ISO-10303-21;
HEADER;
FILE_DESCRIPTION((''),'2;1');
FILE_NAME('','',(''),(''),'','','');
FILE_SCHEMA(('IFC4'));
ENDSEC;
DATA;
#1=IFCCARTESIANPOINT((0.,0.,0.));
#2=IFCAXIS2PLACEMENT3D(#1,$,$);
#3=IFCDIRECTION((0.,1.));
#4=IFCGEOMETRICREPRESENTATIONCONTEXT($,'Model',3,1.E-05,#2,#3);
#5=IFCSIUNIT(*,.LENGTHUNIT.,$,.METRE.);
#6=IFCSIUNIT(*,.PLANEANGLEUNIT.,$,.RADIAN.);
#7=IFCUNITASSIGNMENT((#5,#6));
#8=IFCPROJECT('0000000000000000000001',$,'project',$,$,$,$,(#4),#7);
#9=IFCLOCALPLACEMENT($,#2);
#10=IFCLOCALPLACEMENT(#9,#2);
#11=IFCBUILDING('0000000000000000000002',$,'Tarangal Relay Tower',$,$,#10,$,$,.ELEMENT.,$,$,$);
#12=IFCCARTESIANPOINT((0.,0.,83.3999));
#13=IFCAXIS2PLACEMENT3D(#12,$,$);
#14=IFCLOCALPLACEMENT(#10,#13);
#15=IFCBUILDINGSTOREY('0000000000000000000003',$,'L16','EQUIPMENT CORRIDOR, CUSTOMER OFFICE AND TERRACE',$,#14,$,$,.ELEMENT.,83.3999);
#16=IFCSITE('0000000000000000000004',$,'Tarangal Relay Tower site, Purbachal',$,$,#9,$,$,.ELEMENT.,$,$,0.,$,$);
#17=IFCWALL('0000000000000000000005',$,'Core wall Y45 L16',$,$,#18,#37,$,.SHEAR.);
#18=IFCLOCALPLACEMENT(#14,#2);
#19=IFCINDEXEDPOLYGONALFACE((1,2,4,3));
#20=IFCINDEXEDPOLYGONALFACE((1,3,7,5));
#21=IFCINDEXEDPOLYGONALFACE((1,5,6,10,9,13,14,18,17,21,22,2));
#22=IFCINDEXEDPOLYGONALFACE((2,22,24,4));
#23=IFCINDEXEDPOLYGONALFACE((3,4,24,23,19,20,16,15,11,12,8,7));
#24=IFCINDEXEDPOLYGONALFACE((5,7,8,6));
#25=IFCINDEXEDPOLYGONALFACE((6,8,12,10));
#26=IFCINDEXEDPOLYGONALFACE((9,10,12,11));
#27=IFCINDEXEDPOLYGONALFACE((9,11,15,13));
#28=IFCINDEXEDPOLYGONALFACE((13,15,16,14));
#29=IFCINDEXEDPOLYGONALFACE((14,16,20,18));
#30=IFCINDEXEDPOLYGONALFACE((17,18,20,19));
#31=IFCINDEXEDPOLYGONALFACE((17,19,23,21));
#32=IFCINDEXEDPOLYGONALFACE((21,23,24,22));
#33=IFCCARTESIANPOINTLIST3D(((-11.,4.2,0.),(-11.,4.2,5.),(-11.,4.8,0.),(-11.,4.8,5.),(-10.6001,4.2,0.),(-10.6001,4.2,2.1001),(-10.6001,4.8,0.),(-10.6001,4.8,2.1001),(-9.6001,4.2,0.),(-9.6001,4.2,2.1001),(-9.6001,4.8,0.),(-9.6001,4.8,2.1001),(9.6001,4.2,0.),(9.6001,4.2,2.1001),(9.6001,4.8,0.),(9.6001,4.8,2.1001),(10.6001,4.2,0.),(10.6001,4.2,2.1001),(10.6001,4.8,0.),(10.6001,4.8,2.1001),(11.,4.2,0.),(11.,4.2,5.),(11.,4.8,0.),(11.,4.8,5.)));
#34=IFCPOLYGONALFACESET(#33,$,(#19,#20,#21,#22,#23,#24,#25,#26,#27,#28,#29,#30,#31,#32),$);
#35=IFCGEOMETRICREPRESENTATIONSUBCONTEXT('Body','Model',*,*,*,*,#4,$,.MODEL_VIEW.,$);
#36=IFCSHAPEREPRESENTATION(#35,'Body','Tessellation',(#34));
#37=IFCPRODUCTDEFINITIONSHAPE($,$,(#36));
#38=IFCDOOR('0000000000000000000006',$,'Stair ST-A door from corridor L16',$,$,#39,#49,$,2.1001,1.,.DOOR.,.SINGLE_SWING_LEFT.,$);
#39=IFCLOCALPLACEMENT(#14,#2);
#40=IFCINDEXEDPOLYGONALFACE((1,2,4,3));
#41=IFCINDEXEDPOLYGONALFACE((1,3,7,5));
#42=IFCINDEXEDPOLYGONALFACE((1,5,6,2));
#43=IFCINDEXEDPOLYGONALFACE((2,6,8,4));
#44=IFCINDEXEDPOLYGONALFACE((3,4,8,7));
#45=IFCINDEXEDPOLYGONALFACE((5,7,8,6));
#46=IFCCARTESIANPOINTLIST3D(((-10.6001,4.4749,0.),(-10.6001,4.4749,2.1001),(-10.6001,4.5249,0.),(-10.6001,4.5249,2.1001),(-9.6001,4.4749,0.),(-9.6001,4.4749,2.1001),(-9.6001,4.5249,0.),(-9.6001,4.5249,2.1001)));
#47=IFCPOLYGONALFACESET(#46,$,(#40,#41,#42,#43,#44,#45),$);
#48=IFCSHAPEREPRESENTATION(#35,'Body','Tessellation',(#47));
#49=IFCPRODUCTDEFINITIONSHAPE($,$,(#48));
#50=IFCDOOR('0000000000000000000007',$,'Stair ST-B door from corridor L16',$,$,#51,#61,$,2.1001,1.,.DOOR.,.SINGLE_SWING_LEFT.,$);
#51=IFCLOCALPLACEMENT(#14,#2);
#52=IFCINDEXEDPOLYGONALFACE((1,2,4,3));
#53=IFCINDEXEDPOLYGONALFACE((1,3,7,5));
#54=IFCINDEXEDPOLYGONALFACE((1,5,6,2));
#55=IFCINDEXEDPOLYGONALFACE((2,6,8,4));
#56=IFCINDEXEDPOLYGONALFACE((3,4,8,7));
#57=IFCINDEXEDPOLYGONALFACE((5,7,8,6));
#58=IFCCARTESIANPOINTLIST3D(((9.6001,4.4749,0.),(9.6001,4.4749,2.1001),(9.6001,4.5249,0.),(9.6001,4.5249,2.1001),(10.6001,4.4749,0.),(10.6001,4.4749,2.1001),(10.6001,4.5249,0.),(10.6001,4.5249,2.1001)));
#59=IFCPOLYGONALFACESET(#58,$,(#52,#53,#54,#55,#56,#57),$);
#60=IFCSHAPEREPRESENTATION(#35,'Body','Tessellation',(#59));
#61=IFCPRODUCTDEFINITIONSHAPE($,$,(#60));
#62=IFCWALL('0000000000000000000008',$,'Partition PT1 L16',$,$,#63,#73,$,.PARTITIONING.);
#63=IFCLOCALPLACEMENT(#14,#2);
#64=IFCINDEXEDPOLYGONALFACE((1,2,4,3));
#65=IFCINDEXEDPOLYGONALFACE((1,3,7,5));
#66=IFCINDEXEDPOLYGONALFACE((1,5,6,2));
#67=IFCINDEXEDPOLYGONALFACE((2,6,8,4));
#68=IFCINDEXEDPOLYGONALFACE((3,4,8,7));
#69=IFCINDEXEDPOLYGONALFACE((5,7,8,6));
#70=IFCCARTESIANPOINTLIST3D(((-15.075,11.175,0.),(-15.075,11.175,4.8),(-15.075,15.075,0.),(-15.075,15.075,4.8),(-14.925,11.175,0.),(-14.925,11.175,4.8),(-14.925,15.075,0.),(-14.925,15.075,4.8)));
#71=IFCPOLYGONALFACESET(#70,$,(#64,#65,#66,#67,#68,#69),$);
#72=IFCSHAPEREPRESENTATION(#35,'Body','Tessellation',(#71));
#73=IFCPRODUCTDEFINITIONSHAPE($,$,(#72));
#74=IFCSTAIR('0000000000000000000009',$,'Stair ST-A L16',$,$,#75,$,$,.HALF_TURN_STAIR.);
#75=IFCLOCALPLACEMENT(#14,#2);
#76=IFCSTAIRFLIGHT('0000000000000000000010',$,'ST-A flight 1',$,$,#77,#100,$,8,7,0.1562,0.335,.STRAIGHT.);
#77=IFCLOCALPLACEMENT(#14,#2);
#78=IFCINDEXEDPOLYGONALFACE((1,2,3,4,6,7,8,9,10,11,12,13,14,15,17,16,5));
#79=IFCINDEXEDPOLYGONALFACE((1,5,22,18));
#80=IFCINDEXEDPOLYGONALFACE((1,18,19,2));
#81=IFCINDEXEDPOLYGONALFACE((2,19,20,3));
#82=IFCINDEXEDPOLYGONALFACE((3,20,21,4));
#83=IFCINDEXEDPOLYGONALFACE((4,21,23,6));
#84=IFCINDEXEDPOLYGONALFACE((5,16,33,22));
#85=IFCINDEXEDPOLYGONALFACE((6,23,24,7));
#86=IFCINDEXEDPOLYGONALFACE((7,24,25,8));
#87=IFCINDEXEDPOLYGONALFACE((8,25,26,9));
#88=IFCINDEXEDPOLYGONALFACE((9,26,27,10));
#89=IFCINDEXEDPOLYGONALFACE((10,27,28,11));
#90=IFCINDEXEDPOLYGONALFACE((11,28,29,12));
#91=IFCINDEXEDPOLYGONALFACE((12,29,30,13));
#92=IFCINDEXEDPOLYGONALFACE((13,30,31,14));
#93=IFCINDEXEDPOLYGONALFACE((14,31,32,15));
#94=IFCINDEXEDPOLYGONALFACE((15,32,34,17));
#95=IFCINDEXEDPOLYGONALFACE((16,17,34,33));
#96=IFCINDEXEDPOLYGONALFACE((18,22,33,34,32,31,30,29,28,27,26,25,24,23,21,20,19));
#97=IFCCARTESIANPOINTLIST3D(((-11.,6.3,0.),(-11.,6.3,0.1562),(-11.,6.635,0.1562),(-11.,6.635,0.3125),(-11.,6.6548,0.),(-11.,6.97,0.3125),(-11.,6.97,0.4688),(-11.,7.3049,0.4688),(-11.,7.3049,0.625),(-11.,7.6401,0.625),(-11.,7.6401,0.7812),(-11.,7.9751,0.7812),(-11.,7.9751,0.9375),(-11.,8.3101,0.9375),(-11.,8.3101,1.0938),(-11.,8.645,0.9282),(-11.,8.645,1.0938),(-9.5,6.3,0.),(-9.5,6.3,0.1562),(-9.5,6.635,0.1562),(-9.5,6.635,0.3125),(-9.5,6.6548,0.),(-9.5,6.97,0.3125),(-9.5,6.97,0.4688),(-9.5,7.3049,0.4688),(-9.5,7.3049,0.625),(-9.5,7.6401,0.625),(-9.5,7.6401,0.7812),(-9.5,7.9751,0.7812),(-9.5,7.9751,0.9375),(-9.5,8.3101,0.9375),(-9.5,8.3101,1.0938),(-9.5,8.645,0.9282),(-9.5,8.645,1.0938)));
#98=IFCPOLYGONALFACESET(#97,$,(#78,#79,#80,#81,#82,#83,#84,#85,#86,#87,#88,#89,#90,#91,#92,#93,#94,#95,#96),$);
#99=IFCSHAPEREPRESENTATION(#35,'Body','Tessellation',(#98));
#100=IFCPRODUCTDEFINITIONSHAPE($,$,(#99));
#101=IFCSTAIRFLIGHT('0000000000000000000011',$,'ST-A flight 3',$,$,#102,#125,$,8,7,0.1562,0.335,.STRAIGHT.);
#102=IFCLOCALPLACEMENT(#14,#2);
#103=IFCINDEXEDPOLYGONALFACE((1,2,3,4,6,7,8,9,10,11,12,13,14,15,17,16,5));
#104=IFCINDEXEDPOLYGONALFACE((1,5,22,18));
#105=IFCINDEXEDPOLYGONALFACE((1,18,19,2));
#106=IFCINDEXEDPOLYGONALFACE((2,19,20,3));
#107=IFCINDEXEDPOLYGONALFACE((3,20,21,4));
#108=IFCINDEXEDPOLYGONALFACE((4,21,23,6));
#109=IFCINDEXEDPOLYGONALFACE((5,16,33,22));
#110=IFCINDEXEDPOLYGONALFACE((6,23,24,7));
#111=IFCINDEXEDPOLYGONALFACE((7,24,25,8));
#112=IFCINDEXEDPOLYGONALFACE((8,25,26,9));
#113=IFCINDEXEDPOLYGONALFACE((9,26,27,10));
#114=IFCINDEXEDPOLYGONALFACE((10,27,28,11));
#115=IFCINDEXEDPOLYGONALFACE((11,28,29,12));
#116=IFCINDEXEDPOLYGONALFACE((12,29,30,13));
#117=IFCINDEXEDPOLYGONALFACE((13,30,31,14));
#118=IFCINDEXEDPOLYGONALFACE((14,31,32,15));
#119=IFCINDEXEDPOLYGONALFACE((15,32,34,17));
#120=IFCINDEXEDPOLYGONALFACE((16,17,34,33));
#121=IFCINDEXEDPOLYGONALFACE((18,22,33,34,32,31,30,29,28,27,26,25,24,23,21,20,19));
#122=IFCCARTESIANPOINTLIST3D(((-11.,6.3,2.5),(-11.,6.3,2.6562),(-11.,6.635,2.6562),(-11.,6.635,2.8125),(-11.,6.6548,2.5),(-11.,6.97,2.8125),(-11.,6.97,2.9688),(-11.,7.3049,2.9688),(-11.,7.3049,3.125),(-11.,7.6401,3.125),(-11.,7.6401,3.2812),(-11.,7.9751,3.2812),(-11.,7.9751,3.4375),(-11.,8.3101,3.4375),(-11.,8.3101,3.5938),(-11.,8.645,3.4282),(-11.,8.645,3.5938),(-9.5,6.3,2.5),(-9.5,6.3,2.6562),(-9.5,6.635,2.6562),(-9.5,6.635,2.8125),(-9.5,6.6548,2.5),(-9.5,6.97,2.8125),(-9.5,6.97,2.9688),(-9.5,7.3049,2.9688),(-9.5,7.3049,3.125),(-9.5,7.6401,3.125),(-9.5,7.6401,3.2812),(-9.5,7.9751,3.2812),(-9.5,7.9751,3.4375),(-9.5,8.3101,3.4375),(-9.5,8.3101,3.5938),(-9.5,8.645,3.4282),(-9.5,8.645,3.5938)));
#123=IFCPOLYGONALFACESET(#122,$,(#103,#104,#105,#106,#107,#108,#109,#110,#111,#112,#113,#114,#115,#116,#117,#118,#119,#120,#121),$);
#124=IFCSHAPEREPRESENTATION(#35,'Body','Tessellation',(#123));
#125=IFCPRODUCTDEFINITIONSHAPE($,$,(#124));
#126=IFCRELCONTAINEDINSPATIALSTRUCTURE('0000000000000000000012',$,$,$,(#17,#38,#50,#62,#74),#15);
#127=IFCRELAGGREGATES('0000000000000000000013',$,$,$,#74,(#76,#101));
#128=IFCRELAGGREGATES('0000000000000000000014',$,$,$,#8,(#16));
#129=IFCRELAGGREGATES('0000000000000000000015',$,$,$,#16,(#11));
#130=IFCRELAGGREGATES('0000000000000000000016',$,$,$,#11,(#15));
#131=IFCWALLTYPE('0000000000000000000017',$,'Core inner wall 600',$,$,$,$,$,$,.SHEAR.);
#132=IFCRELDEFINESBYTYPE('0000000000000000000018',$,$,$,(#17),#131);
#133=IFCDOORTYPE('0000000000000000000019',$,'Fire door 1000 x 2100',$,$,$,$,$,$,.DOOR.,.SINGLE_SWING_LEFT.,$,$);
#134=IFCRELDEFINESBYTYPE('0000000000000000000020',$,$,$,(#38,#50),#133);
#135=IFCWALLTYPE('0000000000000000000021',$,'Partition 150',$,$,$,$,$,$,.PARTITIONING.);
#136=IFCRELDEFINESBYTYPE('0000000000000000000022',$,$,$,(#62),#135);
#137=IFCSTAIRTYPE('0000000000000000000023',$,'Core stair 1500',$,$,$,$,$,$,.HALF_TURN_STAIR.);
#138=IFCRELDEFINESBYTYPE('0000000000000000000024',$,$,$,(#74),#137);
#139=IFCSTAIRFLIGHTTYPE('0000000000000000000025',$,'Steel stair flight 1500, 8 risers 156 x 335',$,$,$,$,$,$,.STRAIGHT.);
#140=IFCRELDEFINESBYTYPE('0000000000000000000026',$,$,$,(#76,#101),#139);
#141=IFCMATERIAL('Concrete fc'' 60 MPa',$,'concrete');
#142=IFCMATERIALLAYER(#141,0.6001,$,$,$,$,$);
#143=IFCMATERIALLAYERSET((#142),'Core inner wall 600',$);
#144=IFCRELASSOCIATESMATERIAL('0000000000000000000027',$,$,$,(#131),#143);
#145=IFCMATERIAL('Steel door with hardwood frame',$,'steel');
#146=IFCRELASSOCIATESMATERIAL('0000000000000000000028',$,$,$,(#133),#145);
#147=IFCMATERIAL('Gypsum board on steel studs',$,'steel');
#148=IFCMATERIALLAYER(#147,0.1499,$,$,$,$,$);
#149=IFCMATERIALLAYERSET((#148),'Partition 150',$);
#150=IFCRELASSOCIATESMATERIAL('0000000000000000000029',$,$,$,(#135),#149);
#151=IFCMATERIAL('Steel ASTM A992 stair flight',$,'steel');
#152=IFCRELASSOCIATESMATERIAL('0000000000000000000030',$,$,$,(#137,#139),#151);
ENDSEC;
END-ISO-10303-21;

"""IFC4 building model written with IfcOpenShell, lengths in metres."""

from ifc_helpers import new_model, si_unit, direction, frame, frame_2d, origin, place, context, subcontext, project, spatial, polyline, rectangle, outline, extrude, material, layer, layer_set, type_object, element, fill, aggregate, save


model = new_model("IFC4")

# Units and contexts
model_context = context("Model", 3, precision=1e-05, world=origin(), true_north=direction((0.0, 1.0)))
body_context = subcontext(model_context, "Body", "Model", "MODEL_VIEW")
ifc_project = project(units=[si_unit("LENGTHUNIT", "METRE"), si_unit("PLANEANGLEUNIT", "RADIAN")], contexts=[model_context])

# Site, building, storey
site_placement = place(None, origin())
site = spatial("IfcSite", under=ifc_project, at=site_placement, Name="Tarangal Relay Tower site, Purbachal", CompositionType="ELEMENT", RefElevation=0.0)
building_placement = place(site_placement, origin())
building = spatial("IfcBuilding", under=site, at=building_placement, Name="Tarangal Relay Tower", CompositionType="ELEMENT")
storey_placement = place(building_placement, frame((0.0, 0.0, 83.3999)))
storey = spatial("IfcBuildingStorey", under=building, at=storey_placement, Name="L16", Description="EQUIPMENT CORRIDOR, CUSTOMER OFFICE AND TERRACE", CompositionType="ELEMENT", Elevation=83.3999)

# Wall, openings, doors
ifc_material_1 = material(Name="Concrete fc' 60 MPa", Category="concrete")
ifc_layer_1 = layer(ifc_material_1, 0.6001)
ifc_layer_set_1 = layer_set([ifc_layer_1], Name="Core inner wall 600")
wall_type_1 = type_object("IfcWallType", Name="Core inner wall 600", PredefinedType="SHEAR", material=ifc_layer_set_1)
wall_1_placement = place(storey_placement, frame((-11.0, 4.5, 0.0), z_axis=(0.0, 0.0, 1.0), x_axis=(1.0, 0.0, 0.0)))
wall_1 = element("IfcWall", 1, at=wall_1_placement, inside=storey, type_object=wall_type_1, Name="Core wall Y45 L16", PredefinedType="SHEAR", context=body_context, shape_type="SweptSolid", body=[
    extrude(rectangle(XDim=22.0, YDim=0.6001, at=frame_2d((11.0, 0.0))), origin(), (0.0, 0.0, 1.0), 5.0),
])
opening_1_placement = place(wall_1_placement, frame((0.3999, 0.0, 0.0)))
opening_1 = element("IfcOpeningElement", 2, at=opening_1_placement, cuts=wall_1, PredefinedType="OPENING", context=body_context, shape_type="SweptSolid", body=[
    extrude(rectangle(XDim=1.0, YDim=2.1001, at=frame_2d((0.5, 1.05))), frame((0.0, 0.3101, 0.0), z_axis=(0.0, -1.0, 0.0), x_axis=(1.0, 0.0, 0.0)), (0.0, 0.0, 1.0), 0.6201),
])
opening_2_placement = place(wall_1_placement, frame((20.6001, 0.0, 0.0)))
opening_2 = element("IfcOpeningElement", 3, at=opening_2_placement, cuts=wall_1, PredefinedType="OPENING", context=body_context, shape_type="SweptSolid", body=[
    extrude(rectangle(XDim=1.0, YDim=2.1001, at=frame_2d((0.5, 1.05))), frame((0.0, 0.3101, 0.0), z_axis=(0.0, -1.0, 0.0), x_axis=(1.0, 0.0, 0.0)), (0.0, 0.0, 1.0), 0.6201),
])
ifc_material_2 = material(Name="Steel door with hardwood frame", Category="steel")
door_type_1 = type_object("IfcDoorType", Name="Fire door 1000 x 2100", OperationType="SINGLE_SWING_LEFT", PredefinedType="DOOR", material=ifc_material_2)
door_1_placement = place(opening_1_placement, origin())
door_1 = element("IfcDoor", 4, at=door_1_placement, inside=storey, type_object=door_type_1, Name="Stair ST-A door from corridor L16", OperationType="SINGLE_SWING_LEFT", OverallHeight=2.1001, OverallWidth=1.0, PredefinedType="DOOR", context=body_context, shape_type="SweptSolid", body=[
    extrude(rectangle(XDim=1.0, YDim=2.1001, at=frame_2d((0.5, 1.05))), frame((0.0, 0.0249, 0.0), z_axis=(0.0, -1.0, 0.0), x_axis=(1.0, 0.0, 0.0)), (0.0, 0.0, 1.0), 0.05),
])
fill(opening_1, door_1)
door_2_placement = place(opening_2_placement, origin())
door_2 = element("IfcDoor", 5, at=door_2_placement, inside=storey, type_object=door_type_1, Name="Stair ST-B door from corridor L16", OperationType="SINGLE_SWING_LEFT", OverallHeight=2.1001, OverallWidth=1.0, PredefinedType="DOOR", context=body_context, shape_type="SweptSolid", body=[
    extrude(rectangle(XDim=1.0, YDim=2.1001, at=frame_2d((0.5, 1.05))), frame((0.0, 0.0249, 0.0), z_axis=(0.0, -1.0, 0.0), x_axis=(1.0, 0.0, 0.0)), (0.0, 0.0, 1.0), 0.05),
])
fill(opening_2, door_2)

# Wall
ifc_material_3 = material(Name="Gypsum board on steel studs", Category="steel")
ifc_layer_2 = layer(ifc_material_3, 0.1499)
ifc_layer_set_2 = layer_set([ifc_layer_2], Name="Partition 150")
wall_type_2 = type_object("IfcWallType", Name="Partition 150", PredefinedType="PARTITIONING", material=ifc_layer_set_2)
wall_2_placement = place(storey_placement, frame((-15.0, 11.175, 0.0), z_axis=(0.0, 0.0, 1.0), x_axis=(0.0, 1.0, 0.0)))
element("IfcWall", 6, at=wall_2_placement, inside=storey, type_object=wall_type_2, Name="Partition PT1 L16", PredefinedType="PARTITIONING", context=body_context, shape_type="SweptSolid", body=[
    extrude(rectangle(XDim=3.8999, YDim=0.1499, at=frame_2d((1.95, 0.0))), origin(), (0.0, 0.0, 1.0), 4.8),
])

# Stair, stair flights
ifc_material_4 = material(Name="Steel ASTM A992 stair flight", Category="steel")
stair_type = type_object("IfcStairType", Name="Core stair 1500", PredefinedType="HALF_TURN_STAIR", material=ifc_material_4)
stair_placement = place(storey_placement, origin())
stair = element("IfcStair", 7, at=stair_placement, inside=storey, type_object=stair_type, Name="Stair ST-A L16", PredefinedType="HALF_TURN_STAIR")
stair_flight_type = type_object("IfcStairFlightType", Name="Steel stair flight 1500, 8 risers 156 x 335", PredefinedType="STRAIGHT", material=ifc_material_4)
stair_flight_1_placement = place(storey_placement, frame((-10.25, 6.3, 0.0), z_axis=(0.0, 0.0, 1.0), x_axis=(0.0, 1.0, 0.0)))
stair_flight_1 = element("IfcStairFlight", 8, at=stair_flight_1_placement, type_object=stair_flight_type, Name="ST-A flight 1", NumberOfRisers=8, NumberOfTreads=7, PredefinedType="STRAIGHT", RiserHeight=0.1562, TreadLength=0.335, context=body_context, shape_type="SweptSolid", body=[
    extrude(outline(polyline([(0.0, 0.0), (0.0, 0.1562), (0.335, 0.1562), (0.335, 0.3125), (0.6699, 0.3125), (0.6699, 0.4688), (1.0049, 0.4688), (1.0049, 0.625), (1.3401, 0.625), (1.3401, 0.7812), (1.675, 0.7812), (1.675, 0.9375), (2.01, 0.9375), (2.01, 1.0938), (2.345, 1.0938), (2.345, 1.25), (2.345, 0.9282), (0.3547, 0.0), (0.0, 0.0)])), frame((0.0, 0.75, 0.0), z_axis=(0.0, -1.0, 0.0), x_axis=(1.0, 0.0, 0.0)), (0.0, 0.0, 1.0), 1.5),
])
stair_flight_2_placement = place(storey_placement, frame((-10.25, 6.3, 2.5), z_axis=(0.0, 0.0, 1.0), x_axis=(0.0, 1.0, 0.0)))
stair_flight_2 = element("IfcStairFlight", 9, at=stair_flight_2_placement, type_object=stair_flight_type, Name="ST-A flight 3", NumberOfRisers=8, NumberOfTreads=7, PredefinedType="STRAIGHT", RiserHeight=0.1562, TreadLength=0.335, context=body_context, shape_type="SweptSolid", body=[
    extrude(outline(polyline([(0.0, 0.0), (0.0, 0.1562), (0.335, 0.1562), (0.335, 0.3125), (0.6699, 0.3125), (0.6699, 0.4688), (1.0049, 0.4688), (1.0049, 0.625), (1.3401, 0.625), (1.3401, 0.7812), (1.675, 0.7812), (1.675, 0.9375), (2.01, 0.9375), (2.01, 1.0938), (2.345, 1.0938), (2.345, 1.25), (2.345, 0.9282), (0.3547, 0.0), (0.0, 0.0)])), frame((0.0, 0.75, 0.0), z_axis=(0.0, -1.0, 0.0), x_axis=(1.0, 0.0, 0.0)), (0.0, 0.0, 1.0), 1.5),
])
aggregate(stair, [stair_flight_1, stair_flight_2])

save(model, "model.ifc")
